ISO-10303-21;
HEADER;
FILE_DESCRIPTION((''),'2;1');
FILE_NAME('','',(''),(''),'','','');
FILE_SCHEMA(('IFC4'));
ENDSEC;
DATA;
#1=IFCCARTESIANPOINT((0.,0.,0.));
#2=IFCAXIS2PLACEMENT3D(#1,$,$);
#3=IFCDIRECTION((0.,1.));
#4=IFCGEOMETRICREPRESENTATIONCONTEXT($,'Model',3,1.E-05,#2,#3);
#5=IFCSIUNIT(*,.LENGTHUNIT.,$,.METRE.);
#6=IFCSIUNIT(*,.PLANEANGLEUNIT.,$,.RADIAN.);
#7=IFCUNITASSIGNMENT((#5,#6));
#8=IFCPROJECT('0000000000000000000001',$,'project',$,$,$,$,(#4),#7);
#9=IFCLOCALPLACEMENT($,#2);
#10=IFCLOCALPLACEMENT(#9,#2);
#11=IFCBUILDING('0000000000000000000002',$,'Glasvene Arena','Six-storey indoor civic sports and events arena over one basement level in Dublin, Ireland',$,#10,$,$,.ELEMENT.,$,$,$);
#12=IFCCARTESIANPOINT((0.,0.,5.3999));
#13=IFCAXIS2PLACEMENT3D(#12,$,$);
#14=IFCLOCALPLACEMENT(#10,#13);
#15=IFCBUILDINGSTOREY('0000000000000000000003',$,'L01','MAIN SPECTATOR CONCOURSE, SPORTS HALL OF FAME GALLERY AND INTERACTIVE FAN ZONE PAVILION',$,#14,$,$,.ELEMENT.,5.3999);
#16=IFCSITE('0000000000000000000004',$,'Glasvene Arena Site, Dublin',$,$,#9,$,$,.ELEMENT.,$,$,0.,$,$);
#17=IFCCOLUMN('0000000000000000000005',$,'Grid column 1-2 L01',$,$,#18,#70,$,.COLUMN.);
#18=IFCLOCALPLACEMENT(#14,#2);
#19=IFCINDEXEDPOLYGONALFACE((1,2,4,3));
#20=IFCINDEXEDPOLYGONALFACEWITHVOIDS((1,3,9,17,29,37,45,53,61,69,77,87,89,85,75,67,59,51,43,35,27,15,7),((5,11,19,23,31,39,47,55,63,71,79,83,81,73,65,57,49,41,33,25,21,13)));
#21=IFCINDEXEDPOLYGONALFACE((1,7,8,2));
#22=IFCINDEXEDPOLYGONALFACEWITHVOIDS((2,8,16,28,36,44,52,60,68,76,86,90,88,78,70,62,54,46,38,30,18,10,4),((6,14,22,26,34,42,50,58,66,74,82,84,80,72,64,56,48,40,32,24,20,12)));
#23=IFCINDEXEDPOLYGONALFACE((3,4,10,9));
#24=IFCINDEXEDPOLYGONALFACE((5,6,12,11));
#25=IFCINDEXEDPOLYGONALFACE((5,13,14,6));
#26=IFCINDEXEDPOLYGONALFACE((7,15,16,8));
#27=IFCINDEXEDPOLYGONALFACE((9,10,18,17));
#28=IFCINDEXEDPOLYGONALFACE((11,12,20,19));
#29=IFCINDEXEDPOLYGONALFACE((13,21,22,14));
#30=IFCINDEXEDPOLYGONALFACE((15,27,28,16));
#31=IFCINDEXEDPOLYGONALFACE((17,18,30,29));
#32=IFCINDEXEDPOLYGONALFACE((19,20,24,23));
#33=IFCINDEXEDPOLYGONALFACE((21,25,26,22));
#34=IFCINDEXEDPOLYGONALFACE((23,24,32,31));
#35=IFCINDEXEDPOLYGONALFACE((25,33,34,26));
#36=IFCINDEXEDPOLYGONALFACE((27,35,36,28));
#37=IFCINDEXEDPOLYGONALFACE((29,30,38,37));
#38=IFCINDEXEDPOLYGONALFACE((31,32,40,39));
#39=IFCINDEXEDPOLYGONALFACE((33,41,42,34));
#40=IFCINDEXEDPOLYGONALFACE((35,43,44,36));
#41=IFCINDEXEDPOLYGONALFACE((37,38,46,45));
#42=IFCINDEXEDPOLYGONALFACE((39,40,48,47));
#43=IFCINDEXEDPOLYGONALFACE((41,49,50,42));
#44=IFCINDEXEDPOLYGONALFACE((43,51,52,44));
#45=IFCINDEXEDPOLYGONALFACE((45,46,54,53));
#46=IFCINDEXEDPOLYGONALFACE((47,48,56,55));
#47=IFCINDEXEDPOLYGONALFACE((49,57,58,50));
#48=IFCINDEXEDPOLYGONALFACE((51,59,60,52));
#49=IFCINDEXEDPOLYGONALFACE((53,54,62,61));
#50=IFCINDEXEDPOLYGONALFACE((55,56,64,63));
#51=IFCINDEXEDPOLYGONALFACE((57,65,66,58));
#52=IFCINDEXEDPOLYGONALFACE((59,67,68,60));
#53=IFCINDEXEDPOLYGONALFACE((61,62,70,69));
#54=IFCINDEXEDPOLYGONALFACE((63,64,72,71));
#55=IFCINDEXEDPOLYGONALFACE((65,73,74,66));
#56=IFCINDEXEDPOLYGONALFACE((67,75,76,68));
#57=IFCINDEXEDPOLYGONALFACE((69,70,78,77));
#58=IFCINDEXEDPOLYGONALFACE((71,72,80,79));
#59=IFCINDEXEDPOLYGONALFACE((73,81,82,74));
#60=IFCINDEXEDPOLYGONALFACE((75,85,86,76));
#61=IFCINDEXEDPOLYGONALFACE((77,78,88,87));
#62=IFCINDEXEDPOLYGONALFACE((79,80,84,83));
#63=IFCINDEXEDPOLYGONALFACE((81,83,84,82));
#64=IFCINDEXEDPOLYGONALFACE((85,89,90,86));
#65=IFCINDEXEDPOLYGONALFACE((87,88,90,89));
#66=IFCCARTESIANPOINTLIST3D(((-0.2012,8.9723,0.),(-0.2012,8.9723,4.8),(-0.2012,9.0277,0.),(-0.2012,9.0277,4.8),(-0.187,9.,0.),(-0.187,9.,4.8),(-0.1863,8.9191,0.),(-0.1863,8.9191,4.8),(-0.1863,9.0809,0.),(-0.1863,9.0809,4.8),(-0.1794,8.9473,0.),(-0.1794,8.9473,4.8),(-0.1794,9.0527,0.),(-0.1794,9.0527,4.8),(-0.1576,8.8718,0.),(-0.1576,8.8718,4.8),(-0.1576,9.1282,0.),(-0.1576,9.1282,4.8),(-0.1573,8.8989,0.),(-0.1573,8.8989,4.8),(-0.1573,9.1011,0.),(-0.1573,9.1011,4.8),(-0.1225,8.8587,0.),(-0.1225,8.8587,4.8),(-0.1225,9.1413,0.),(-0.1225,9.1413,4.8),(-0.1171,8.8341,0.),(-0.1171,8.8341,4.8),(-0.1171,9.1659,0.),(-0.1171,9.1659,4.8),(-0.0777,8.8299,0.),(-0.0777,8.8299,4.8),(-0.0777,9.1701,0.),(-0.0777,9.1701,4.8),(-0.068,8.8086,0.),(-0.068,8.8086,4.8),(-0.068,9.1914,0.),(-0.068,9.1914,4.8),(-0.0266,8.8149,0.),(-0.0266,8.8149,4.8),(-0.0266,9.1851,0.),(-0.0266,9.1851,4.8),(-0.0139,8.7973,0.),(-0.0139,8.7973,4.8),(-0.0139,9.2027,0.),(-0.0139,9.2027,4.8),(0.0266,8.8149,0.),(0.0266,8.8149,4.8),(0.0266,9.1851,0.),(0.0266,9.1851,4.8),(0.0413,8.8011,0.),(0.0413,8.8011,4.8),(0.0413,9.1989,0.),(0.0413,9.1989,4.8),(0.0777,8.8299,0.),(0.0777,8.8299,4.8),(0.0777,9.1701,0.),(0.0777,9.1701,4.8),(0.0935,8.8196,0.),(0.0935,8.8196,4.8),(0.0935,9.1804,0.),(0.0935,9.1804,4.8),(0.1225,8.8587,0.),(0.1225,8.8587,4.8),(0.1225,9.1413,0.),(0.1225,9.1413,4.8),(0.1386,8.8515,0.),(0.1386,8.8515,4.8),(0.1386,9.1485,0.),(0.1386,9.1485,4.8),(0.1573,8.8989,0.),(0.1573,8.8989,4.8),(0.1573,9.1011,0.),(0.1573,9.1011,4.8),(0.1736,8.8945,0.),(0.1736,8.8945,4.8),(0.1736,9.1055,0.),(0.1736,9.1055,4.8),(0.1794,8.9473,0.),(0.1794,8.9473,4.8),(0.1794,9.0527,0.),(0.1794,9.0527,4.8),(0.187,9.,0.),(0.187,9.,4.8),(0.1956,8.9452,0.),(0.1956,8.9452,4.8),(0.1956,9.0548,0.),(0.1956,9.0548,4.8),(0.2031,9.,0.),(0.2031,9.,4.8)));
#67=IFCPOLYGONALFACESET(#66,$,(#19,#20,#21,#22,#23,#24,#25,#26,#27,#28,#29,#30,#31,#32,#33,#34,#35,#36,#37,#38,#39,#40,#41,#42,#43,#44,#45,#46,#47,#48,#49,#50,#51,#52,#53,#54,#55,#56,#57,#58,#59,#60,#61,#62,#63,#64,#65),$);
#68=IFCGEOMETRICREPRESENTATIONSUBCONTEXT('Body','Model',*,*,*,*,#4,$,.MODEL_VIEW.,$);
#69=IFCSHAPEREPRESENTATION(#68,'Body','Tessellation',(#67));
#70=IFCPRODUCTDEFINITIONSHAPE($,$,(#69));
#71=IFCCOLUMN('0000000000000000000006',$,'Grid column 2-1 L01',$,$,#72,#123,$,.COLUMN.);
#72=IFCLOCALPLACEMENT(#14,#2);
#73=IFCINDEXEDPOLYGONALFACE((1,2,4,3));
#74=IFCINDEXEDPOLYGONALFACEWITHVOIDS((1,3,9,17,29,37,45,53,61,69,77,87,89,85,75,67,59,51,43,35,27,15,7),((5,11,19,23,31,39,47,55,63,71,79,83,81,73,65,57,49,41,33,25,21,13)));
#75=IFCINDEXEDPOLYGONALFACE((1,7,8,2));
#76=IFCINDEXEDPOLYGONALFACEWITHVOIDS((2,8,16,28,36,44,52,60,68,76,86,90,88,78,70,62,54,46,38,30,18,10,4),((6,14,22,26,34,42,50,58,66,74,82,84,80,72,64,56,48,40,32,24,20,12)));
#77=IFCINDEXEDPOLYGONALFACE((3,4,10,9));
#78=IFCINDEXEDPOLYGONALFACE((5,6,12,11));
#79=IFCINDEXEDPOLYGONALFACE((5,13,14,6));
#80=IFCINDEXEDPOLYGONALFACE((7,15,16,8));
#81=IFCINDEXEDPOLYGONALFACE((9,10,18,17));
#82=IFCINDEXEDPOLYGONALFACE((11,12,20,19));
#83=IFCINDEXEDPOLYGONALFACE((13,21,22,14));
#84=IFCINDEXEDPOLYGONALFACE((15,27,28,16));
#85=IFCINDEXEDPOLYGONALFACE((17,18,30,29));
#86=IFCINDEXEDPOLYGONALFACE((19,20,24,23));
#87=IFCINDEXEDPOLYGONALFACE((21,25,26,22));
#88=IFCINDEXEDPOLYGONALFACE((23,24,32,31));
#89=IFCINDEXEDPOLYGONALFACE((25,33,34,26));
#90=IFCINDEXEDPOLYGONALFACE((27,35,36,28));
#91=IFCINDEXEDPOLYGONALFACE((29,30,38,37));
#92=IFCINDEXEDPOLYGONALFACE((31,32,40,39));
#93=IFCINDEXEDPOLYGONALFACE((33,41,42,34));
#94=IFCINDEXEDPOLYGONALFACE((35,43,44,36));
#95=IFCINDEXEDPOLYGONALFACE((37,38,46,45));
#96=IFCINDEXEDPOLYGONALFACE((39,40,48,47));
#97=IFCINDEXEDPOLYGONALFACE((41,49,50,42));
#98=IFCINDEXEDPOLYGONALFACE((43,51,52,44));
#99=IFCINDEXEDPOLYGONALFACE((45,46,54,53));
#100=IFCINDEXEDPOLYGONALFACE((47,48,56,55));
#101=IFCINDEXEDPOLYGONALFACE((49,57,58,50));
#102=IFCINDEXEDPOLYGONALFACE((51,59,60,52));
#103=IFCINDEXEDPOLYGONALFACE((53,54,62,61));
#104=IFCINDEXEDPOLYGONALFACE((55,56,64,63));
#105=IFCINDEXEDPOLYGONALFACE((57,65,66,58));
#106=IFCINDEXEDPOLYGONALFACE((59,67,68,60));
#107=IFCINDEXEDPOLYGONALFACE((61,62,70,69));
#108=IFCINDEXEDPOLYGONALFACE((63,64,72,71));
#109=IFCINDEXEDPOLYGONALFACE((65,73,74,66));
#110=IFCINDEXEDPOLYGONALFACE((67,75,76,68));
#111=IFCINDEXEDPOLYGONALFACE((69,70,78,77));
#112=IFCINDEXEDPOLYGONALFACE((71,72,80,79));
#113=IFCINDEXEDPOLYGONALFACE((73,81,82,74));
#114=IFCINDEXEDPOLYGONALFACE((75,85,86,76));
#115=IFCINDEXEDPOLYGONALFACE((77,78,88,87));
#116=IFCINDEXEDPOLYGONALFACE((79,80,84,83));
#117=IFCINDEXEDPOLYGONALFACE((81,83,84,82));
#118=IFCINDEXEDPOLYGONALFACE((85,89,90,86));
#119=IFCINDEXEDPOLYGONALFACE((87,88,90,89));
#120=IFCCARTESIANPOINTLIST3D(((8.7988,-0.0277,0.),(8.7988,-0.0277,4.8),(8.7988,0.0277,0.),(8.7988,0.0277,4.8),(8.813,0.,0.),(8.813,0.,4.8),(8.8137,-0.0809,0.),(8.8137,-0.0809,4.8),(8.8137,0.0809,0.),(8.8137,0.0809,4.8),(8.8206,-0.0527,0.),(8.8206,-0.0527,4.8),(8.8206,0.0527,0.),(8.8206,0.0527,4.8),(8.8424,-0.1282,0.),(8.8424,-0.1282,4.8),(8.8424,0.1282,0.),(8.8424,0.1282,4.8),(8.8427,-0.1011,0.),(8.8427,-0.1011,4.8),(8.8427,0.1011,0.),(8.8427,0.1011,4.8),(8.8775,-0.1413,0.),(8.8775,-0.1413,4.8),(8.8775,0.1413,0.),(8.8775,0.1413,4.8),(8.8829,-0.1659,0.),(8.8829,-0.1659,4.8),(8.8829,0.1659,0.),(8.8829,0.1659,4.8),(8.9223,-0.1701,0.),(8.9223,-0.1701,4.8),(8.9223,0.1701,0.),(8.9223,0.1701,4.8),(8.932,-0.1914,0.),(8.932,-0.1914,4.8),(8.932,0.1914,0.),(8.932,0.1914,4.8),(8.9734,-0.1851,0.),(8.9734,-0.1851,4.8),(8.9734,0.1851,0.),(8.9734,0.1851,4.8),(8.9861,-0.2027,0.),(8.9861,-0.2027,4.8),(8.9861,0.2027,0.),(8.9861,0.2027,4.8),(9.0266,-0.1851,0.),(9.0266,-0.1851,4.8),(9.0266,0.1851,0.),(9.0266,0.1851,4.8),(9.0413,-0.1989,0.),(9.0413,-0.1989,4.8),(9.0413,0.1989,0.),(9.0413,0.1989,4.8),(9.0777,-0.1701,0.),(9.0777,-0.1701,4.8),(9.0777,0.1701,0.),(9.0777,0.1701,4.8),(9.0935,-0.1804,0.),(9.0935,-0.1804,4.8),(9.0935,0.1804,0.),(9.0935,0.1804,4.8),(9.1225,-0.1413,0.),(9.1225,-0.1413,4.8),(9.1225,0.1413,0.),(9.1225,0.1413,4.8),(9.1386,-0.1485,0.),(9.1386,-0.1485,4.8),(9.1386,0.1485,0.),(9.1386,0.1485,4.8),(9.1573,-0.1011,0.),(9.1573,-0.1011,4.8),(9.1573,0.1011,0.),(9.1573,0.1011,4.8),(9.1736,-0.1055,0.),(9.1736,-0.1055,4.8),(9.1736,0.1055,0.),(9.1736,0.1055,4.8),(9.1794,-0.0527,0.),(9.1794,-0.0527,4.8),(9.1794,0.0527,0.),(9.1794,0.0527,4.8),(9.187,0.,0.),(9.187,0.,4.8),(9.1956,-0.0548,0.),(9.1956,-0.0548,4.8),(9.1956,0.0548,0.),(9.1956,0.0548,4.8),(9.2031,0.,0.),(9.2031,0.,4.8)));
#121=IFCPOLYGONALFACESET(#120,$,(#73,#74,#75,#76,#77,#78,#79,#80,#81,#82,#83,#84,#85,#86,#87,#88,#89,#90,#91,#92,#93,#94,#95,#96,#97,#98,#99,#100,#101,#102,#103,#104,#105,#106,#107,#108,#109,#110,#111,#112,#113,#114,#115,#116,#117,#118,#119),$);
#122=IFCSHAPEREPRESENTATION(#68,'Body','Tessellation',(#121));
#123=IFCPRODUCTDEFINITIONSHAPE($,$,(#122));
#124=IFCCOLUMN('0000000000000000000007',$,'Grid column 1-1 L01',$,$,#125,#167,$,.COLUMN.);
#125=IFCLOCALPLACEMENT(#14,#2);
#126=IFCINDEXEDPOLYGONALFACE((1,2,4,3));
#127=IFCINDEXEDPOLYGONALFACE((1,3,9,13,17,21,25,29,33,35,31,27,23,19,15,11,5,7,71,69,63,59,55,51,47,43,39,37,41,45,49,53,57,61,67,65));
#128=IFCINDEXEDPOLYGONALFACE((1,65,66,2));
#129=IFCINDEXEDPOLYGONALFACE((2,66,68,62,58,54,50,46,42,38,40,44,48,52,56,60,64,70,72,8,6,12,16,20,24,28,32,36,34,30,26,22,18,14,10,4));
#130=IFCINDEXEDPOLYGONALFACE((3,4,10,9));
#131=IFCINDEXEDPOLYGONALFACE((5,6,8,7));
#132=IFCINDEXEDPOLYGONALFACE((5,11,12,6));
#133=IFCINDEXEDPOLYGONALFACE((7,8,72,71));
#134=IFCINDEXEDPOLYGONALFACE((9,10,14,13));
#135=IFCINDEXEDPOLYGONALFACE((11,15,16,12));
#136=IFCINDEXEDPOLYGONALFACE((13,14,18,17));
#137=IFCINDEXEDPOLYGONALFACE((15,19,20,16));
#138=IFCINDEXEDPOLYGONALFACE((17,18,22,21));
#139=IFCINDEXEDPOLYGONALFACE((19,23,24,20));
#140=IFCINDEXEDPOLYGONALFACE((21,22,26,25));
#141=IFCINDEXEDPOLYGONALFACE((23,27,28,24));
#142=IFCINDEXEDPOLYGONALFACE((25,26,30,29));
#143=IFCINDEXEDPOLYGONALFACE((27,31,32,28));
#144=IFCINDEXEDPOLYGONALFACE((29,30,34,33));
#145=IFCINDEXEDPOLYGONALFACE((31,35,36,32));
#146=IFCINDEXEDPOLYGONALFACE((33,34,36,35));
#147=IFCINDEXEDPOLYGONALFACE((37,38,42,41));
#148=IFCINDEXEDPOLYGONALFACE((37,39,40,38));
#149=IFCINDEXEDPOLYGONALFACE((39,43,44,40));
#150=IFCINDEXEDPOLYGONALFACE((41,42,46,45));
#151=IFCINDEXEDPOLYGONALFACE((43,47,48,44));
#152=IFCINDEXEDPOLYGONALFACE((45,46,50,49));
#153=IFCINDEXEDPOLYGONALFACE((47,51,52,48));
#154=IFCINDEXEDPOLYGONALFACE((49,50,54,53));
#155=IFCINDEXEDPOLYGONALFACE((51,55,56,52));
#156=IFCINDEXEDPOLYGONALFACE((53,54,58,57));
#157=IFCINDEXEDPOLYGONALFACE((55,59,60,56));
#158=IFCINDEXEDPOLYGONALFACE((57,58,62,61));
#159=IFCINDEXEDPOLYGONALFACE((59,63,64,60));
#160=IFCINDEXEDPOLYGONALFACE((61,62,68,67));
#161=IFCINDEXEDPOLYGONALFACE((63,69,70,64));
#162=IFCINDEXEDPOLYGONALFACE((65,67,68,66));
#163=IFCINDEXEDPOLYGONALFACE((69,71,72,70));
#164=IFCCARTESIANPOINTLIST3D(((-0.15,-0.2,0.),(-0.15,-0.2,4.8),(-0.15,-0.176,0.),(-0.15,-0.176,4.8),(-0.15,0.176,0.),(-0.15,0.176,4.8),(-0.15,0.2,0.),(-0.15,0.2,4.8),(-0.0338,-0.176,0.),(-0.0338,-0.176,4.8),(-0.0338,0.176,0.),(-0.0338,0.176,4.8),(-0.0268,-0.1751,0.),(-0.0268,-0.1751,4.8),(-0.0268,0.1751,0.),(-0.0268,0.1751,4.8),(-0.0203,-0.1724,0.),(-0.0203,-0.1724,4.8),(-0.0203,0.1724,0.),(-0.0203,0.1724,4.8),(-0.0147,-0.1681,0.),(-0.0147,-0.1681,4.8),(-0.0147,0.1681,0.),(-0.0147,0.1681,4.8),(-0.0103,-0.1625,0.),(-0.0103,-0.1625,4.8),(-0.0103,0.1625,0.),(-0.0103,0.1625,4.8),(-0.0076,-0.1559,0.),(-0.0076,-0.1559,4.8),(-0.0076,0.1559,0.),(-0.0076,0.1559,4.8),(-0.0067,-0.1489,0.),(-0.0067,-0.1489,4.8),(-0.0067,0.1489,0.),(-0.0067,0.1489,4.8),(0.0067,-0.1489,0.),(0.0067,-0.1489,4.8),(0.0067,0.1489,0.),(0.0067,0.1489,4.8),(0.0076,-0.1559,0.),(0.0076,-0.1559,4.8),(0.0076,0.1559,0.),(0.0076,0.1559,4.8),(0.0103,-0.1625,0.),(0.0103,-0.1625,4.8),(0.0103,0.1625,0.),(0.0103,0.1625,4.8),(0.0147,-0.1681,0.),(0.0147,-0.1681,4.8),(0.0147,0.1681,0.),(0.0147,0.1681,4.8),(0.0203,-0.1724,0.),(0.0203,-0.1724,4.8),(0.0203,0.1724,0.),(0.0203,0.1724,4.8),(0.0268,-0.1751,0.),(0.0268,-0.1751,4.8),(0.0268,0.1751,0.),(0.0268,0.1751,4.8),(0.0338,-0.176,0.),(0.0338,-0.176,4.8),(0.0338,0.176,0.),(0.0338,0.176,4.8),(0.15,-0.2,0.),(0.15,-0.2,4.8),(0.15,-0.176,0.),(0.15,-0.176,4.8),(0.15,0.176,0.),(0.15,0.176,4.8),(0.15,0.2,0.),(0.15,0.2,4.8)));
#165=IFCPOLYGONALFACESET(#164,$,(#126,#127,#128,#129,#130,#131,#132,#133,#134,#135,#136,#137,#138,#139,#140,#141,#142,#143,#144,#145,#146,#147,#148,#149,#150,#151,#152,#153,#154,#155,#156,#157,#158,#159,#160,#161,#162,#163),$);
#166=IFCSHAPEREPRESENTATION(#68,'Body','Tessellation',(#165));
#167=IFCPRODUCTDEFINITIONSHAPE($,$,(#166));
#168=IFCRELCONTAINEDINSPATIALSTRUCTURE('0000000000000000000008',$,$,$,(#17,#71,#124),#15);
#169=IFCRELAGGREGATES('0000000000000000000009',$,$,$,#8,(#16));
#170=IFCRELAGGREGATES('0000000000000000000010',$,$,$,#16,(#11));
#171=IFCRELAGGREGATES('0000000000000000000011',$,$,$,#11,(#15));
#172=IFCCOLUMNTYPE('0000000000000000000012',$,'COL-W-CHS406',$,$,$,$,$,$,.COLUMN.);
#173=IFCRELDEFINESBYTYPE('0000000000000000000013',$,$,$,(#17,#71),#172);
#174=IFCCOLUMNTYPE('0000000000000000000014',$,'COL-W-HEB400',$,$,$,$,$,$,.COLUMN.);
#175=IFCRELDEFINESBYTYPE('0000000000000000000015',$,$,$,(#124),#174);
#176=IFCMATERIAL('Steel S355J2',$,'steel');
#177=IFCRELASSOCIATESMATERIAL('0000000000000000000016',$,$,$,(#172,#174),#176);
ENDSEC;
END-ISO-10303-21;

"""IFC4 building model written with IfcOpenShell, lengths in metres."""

from ifc_helpers import new_model, si_unit, direction, frame, origin, origin_2d, place, context, subcontext, project, spatial, hollow_circle, i_section, extrude, material, material_profile, profile_set, type_object, element, save


model = new_model("IFC4")

# Units and contexts
model_context = context("Model", 3, precision=1e-05, world=origin(), true_north=direction((0.0, 1.0)))
body_context = subcontext(model_context, "Body", "Model", "MODEL_VIEW")
ifc_project = project(units=[si_unit("LENGTHUNIT", "METRE"), si_unit("PLANEANGLEUNIT", "RADIAN")], contexts=[model_context])

# Site, building, storey
site_placement = place(None, origin())
site = spatial("IfcSite", under=ifc_project, at=site_placement, Name="Glasvene Arena Site, Dublin", CompositionType="ELEMENT", RefElevation=0.0)
building_placement = place(site_placement, origin())
building = spatial("IfcBuilding", under=site, at=building_placement, Name="Glasvene Arena", Description="Six-storey indoor civic sports and events arena over one basement level in Dublin, Ireland", CompositionType="ELEMENT")
storey_placement = place(building_placement, frame((0.0, 0.0, 5.3999)))
storey = spatial("IfcBuildingStorey", under=building, at=storey_placement, Name="L01", Description="MAIN SPECTATOR CONCOURSE, SPORTS HALL OF FAME GALLERY AND INTERACTIVE FAN ZONE PAVILION", CompositionType="ELEMENT", Elevation=5.3999)

# Columns
ifc_material_1 = material(Name="Steel S355J2", Category="steel")
ifc_material_profile_1 = material_profile(ifc_material_1, hollow_circle(Radius=0.2031, WallThickness=0.0161, at=origin_2d()), Name="CHS 406.4x16.0")
ifc_profile_set_1 = profile_set([ifc_material_profile_1], Name="Steel S355J2")
column_type_1 = type_object("IfcColumnType", Name="COL-W-CHS406", PredefinedType="COLUMN", material=ifc_profile_set_1)
for number, where, z_axis, x_axis, name in (
    (1, (0.0, 9.0, 0.0), (0.0, 0.0, 1.0), (1.0, 0.0, 0.0), "Grid column 1-2 L01"),
    (2, (9.0, 0.0, 0.0), (0.0, 0.0, 1.0), (1.0, 0.0, 0.0), "Grid column 2-1 L01"),
):
    element("IfcColumn", number, at=place(storey_placement, frame(where, z_axis=z_axis, x_axis=x_axis)), inside=storey, type_object=column_type_1, Name=name, PredefinedType="COLUMN", context=body_context, shape_type="SweptSolid", body=[
        extrude(hollow_circle(Radius=0.2031, WallThickness=0.0161, at=origin_2d()), origin(), (0.0, 0.0, 1.0), 4.8),
    ])
ifc_material_profile_2 = material_profile(ifc_material_1, i_section(OverallWidth=0.3, OverallDepth=0.3999, WebThickness=0.0134, FlangeThickness=0.0239, FilletRadius=0.0271, at=origin_2d()), Name="HEB 400")
ifc_profile_set_2 = profile_set([ifc_material_profile_2], Name="Steel S355J2")
column_type_2 = type_object("IfcColumnType", Name="COL-W-HEB400", PredefinedType="COLUMN", material=ifc_profile_set_2)
for number, where, z_axis, x_axis, name in (
    (3, (0.0, 0.0, 0.0), (0.0, 0.0, 1.0), (1.0, 0.0, 0.0), "Grid column 1-1 L01"),
):
    element("IfcColumn", number, at=place(storey_placement, frame(where, z_axis=z_axis, x_axis=x_axis)), inside=storey, type_object=column_type_2, Name=name, PredefinedType="COLUMN", context=body_context, shape_type="SweptSolid", body=[
        extrude(i_section(OverallWidth=0.3, OverallDepth=0.3999, WebThickness=0.0134, FlangeThickness=0.0239, FilletRadius=0.0271, at=origin_2d()), origin(), (0.0, 0.0, 1.0), 4.8),
    ])

save(model, "model.ifc")
